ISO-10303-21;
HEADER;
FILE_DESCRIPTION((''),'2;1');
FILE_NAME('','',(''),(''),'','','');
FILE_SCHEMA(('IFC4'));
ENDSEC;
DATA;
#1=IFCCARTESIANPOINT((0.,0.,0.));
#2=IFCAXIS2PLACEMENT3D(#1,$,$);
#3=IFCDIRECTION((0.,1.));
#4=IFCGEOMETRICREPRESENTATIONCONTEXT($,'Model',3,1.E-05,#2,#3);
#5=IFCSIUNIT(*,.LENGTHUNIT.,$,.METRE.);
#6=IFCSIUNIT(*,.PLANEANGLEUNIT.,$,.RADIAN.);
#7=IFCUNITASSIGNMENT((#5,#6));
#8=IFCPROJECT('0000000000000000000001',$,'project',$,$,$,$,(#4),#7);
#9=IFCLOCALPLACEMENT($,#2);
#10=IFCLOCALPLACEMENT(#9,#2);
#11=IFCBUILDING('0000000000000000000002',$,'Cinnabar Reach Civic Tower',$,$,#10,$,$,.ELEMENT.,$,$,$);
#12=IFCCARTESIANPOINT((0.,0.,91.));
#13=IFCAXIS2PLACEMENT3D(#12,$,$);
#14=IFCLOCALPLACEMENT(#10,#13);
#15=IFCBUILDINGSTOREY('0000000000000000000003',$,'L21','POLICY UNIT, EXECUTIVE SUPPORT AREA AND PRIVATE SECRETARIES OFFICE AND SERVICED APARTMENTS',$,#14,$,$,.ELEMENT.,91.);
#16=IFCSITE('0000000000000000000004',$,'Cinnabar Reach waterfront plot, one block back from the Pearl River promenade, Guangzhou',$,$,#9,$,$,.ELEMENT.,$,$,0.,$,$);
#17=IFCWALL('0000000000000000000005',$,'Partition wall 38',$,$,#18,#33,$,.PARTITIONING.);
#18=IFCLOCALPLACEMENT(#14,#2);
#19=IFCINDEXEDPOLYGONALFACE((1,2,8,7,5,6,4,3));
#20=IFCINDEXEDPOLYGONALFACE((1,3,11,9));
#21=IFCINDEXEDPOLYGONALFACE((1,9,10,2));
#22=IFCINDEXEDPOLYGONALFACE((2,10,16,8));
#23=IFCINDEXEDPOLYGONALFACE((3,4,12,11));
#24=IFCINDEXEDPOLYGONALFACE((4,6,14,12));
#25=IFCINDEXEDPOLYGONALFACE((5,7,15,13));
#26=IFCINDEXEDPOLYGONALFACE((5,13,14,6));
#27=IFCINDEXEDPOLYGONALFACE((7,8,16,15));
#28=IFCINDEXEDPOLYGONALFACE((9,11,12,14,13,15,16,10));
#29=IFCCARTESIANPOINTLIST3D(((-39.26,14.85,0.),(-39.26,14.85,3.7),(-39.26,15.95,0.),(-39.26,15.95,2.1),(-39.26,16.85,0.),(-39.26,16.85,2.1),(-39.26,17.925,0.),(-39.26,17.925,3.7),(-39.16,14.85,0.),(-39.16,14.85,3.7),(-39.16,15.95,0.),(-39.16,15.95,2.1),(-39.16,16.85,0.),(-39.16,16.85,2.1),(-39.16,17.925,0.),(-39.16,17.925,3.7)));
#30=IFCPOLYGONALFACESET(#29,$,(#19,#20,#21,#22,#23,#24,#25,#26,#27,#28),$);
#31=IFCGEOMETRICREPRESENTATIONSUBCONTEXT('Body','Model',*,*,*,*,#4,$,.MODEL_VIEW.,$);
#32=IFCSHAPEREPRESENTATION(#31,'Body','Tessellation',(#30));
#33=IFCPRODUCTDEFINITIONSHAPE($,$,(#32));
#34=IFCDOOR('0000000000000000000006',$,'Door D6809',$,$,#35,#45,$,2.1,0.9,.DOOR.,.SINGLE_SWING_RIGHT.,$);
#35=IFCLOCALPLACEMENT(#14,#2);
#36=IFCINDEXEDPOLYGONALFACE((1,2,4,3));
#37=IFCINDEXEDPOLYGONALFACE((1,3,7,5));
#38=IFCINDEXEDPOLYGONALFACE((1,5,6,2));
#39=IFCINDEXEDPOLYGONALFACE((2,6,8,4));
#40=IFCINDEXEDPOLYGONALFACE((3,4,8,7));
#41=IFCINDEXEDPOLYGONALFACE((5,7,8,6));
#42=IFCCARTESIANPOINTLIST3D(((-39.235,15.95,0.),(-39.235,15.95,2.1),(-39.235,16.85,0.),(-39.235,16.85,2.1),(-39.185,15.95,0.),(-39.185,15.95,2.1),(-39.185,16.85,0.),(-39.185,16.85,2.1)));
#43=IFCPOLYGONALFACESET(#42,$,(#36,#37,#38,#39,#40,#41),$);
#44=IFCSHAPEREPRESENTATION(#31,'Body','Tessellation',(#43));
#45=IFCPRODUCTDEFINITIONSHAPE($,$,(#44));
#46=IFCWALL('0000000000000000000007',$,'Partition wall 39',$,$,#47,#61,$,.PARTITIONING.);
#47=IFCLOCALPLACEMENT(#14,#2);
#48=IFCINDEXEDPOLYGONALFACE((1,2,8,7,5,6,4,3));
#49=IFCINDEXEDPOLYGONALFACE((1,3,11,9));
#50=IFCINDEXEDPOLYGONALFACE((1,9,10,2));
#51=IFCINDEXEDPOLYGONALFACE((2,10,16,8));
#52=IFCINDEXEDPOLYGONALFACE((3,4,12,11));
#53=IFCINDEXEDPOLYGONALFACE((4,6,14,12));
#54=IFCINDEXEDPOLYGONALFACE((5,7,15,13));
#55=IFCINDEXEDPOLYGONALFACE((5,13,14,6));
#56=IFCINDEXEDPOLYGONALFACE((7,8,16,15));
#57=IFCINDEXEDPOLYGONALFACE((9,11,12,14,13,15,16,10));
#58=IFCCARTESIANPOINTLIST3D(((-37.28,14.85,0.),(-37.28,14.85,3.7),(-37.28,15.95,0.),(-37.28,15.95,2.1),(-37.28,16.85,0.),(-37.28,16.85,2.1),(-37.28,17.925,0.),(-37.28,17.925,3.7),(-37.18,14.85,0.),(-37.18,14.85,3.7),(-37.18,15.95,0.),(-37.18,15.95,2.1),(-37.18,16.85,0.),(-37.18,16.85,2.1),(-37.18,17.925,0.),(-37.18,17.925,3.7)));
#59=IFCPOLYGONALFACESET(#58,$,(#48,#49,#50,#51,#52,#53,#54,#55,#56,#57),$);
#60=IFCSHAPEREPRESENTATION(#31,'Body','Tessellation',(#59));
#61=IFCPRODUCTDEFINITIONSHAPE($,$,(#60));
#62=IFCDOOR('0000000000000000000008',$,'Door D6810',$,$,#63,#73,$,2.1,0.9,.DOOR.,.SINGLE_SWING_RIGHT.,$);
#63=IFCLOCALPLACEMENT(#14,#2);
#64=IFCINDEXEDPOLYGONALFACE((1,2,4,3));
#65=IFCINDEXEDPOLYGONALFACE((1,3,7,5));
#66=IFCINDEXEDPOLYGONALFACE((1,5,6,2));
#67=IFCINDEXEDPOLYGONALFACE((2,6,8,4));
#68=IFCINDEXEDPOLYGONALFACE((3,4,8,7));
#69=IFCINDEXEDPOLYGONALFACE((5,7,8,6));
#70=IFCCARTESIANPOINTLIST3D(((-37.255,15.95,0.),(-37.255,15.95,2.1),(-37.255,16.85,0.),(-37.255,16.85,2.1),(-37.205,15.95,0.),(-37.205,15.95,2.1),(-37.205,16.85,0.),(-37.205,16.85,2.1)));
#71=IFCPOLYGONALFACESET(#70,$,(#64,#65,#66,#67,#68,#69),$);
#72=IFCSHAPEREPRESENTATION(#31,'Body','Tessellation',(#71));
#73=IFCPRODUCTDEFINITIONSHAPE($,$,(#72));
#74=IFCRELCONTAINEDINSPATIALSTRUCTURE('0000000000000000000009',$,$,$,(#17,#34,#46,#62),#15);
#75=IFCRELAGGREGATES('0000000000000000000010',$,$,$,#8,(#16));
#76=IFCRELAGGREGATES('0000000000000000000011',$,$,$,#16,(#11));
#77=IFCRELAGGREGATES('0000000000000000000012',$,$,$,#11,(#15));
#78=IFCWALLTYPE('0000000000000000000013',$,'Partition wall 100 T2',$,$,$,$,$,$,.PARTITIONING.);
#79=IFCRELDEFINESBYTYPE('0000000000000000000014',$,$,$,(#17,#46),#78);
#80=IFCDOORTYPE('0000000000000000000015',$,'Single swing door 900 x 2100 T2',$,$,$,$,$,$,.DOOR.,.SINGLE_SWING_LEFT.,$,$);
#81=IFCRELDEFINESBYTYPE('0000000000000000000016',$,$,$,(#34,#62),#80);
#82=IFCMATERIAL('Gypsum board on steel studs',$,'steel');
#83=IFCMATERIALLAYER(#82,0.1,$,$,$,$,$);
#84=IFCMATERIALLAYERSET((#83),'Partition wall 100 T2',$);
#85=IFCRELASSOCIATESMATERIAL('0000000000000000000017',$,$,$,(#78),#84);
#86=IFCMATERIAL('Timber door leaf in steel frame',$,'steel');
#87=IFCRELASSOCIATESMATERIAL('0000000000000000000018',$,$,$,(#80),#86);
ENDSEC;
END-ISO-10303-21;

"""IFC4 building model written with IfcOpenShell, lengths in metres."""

from ifc_helpers import new_model, si_unit, direction, frame, frame_2d, origin, place, context, subcontext, project, spatial, rectangle, extrude, material, layer, layer_set, type_object, element, fill, save


model = new_model("IFC4")

# Units and contexts
model_context = context("Model", 3, precision=1e-05, world=origin(), true_north=direction((0.0, 1.0)))
body_context = subcontext(model_context, "Body", "Model", "MODEL_VIEW")
ifc_project = project(units=[si_unit("LENGTHUNIT", "METRE"), si_unit("PLANEANGLEUNIT", "RADIAN")], contexts=[model_context])

# Site, building, storey
site_placement = place(None, origin())
site = spatial("IfcSite", under=ifc_project, at=site_placement, Name="Cinnabar Reach waterfront plot, one block back from the Pearl River promenade, Guangzhou", CompositionType="ELEMENT", RefElevation=0.0)
building_placement = place(site_placement, origin())
building = spatial("IfcBuilding", under=site, at=building_placement, Name="Cinnabar Reach Civic Tower", CompositionType="ELEMENT")
storey_placement = place(building_placement, frame((0.0, 0.0, 91.0)))
storey = spatial("IfcBuildingStorey", under=building, at=storey_placement, Name="L21", Description="POLICY UNIT, EXECUTIVE SUPPORT AREA AND PRIVATE SECRETARIES OFFICE AND SERVICED APARTMENTS", CompositionType="ELEMENT", Elevation=91.0)

# Shared definitions
ifc_material_1 = material(Name="Gypsum board on steel studs", Category="steel")
ifc_layer_1 = layer(ifc_material_1, 0.1)
ifc_layer_set_1 = layer_set([ifc_layer_1], Name="Partition wall 100 T2")
wall_type_1 = type_object("IfcWallType", Name="Partition wall 100 T2", PredefinedType="PARTITIONING", material=ifc_layer_set_1)

# Walls, openings, doors
wall_1_placement = place(storey_placement, frame((-39.21, 14.85, 0.0), z_axis=(0.0, 0.0, 1.0), x_axis=(0.0, 1.0, 0.0)))
wall_1 = element("IfcWall", 1, at=wall_1_placement, inside=storey, type_object=wall_type_1, Name="Partition wall 38", PredefinedType="PARTITIONING", context=body_context, shape_type="SweptSolid", body=[
    extrude(rectangle(XDim=3.075, YDim=0.1, at=frame_2d((1.5375, 0.0))), origin(), (0.0, 0.0, 1.0), 3.7),
])
opening_1_placement = place(wall_1_placement, frame((1.1, 0.0, 0.0)))
opening_1 = element("IfcOpeningElement", 2, at=opening_1_placement, cuts=wall_1, PredefinedType="OPENING", context=body_context, shape_type="SweptSolid", body=[
    extrude(rectangle(XDim=0.9, YDim=2.1, at=frame_2d((0.45, 1.05))), frame((0.0, 0.06, 0.0), z_axis=(0.0, -1.0, 0.0), x_axis=(1.0, 0.0, 0.0)), (0.0, 0.0, 1.0), 0.12),
])
ifc_material_2 = material(Name="Timber door leaf in steel frame", Category="steel")
door_type = type_object("IfcDoorType", Name="Single swing door 900 x 2100 T2", OperationType="SINGLE_SWING_LEFT", PredefinedType="DOOR", material=ifc_material_2)
door_1_placement = place(opening_1_placement, origin())
door_1 = element("IfcDoor", 3, at=door_1_placement, inside=storey, type_object=door_type, Name="Door D6809", OperationType="SINGLE_SWING_RIGHT", OverallHeight=2.1, OverallWidth=0.9, PredefinedType="DOOR", context=body_context, shape_type="SweptSolid", body=[
    extrude(rectangle(XDim=0.9, YDim=2.1, at=frame_2d((0.45, 1.05))), frame((0.0, 0.025, 0.0), z_axis=(0.0, -1.0, 0.0), x_axis=(1.0, 0.0, 0.0)), (0.0, 0.0, 1.0), 0.05),
])
fill(opening_1, door_1)
wall_2_placement = place(storey_placement, frame((-37.23, 14.85, 0.0), z_axis=(0.0, 0.0, 1.0), x_axis=(0.0, 1.0, 0.0)))
wall_2 = element("IfcWall", 4, at=wall_2_placement, inside=storey, type_object=wall_type_1, Name="Partition wall 39", PredefinedType="PARTITIONING", context=body_context, shape_type="SweptSolid", body=[
    extrude(rectangle(XDim=3.075, YDim=0.1, at=frame_2d((1.5375, 0.0))), origin(), (0.0, 0.0, 1.0), 3.7),
])
opening_2_placement = place(wall_2_placement, frame((1.1, 0.0, 0.0)))
opening_2 = element("IfcOpeningElement", 5, at=opening_2_placement, cuts=wall_2, PredefinedType="OPENING", context=body_context, shape_type="SweptSolid", body=[
    extrude(rectangle(XDim=0.9, YDim=2.1, at=frame_2d((0.45, 1.05))), frame((0.0, 0.06, 0.0), z_axis=(0.0, -1.0, 0.0), x_axis=(1.0, 0.0, 0.0)), (0.0, 0.0, 1.0), 0.12),
])
door_2_placement = place(opening_2_placement, origin())
door_2 = element("IfcDoor", 6, at=door_2_placement, inside=storey, type_object=door_type, Name="Door D6810", OperationType="SINGLE_SWING_RIGHT", OverallHeight=2.1, OverallWidth=0.9, PredefinedType="DOOR", context=body_context, shape_type="SweptSolid", body=[
    extrude(rectangle(XDim=0.9, YDim=2.1, at=frame_2d((0.45, 1.05))), frame((0.0, 0.025, 0.0), z_axis=(0.0, -1.0, 0.0), x_axis=(1.0, 0.0, 0.0)), (0.0, 0.0, 1.0), 0.05),
])
fill(opening_2, door_2)

save(model, "model.ifc")
